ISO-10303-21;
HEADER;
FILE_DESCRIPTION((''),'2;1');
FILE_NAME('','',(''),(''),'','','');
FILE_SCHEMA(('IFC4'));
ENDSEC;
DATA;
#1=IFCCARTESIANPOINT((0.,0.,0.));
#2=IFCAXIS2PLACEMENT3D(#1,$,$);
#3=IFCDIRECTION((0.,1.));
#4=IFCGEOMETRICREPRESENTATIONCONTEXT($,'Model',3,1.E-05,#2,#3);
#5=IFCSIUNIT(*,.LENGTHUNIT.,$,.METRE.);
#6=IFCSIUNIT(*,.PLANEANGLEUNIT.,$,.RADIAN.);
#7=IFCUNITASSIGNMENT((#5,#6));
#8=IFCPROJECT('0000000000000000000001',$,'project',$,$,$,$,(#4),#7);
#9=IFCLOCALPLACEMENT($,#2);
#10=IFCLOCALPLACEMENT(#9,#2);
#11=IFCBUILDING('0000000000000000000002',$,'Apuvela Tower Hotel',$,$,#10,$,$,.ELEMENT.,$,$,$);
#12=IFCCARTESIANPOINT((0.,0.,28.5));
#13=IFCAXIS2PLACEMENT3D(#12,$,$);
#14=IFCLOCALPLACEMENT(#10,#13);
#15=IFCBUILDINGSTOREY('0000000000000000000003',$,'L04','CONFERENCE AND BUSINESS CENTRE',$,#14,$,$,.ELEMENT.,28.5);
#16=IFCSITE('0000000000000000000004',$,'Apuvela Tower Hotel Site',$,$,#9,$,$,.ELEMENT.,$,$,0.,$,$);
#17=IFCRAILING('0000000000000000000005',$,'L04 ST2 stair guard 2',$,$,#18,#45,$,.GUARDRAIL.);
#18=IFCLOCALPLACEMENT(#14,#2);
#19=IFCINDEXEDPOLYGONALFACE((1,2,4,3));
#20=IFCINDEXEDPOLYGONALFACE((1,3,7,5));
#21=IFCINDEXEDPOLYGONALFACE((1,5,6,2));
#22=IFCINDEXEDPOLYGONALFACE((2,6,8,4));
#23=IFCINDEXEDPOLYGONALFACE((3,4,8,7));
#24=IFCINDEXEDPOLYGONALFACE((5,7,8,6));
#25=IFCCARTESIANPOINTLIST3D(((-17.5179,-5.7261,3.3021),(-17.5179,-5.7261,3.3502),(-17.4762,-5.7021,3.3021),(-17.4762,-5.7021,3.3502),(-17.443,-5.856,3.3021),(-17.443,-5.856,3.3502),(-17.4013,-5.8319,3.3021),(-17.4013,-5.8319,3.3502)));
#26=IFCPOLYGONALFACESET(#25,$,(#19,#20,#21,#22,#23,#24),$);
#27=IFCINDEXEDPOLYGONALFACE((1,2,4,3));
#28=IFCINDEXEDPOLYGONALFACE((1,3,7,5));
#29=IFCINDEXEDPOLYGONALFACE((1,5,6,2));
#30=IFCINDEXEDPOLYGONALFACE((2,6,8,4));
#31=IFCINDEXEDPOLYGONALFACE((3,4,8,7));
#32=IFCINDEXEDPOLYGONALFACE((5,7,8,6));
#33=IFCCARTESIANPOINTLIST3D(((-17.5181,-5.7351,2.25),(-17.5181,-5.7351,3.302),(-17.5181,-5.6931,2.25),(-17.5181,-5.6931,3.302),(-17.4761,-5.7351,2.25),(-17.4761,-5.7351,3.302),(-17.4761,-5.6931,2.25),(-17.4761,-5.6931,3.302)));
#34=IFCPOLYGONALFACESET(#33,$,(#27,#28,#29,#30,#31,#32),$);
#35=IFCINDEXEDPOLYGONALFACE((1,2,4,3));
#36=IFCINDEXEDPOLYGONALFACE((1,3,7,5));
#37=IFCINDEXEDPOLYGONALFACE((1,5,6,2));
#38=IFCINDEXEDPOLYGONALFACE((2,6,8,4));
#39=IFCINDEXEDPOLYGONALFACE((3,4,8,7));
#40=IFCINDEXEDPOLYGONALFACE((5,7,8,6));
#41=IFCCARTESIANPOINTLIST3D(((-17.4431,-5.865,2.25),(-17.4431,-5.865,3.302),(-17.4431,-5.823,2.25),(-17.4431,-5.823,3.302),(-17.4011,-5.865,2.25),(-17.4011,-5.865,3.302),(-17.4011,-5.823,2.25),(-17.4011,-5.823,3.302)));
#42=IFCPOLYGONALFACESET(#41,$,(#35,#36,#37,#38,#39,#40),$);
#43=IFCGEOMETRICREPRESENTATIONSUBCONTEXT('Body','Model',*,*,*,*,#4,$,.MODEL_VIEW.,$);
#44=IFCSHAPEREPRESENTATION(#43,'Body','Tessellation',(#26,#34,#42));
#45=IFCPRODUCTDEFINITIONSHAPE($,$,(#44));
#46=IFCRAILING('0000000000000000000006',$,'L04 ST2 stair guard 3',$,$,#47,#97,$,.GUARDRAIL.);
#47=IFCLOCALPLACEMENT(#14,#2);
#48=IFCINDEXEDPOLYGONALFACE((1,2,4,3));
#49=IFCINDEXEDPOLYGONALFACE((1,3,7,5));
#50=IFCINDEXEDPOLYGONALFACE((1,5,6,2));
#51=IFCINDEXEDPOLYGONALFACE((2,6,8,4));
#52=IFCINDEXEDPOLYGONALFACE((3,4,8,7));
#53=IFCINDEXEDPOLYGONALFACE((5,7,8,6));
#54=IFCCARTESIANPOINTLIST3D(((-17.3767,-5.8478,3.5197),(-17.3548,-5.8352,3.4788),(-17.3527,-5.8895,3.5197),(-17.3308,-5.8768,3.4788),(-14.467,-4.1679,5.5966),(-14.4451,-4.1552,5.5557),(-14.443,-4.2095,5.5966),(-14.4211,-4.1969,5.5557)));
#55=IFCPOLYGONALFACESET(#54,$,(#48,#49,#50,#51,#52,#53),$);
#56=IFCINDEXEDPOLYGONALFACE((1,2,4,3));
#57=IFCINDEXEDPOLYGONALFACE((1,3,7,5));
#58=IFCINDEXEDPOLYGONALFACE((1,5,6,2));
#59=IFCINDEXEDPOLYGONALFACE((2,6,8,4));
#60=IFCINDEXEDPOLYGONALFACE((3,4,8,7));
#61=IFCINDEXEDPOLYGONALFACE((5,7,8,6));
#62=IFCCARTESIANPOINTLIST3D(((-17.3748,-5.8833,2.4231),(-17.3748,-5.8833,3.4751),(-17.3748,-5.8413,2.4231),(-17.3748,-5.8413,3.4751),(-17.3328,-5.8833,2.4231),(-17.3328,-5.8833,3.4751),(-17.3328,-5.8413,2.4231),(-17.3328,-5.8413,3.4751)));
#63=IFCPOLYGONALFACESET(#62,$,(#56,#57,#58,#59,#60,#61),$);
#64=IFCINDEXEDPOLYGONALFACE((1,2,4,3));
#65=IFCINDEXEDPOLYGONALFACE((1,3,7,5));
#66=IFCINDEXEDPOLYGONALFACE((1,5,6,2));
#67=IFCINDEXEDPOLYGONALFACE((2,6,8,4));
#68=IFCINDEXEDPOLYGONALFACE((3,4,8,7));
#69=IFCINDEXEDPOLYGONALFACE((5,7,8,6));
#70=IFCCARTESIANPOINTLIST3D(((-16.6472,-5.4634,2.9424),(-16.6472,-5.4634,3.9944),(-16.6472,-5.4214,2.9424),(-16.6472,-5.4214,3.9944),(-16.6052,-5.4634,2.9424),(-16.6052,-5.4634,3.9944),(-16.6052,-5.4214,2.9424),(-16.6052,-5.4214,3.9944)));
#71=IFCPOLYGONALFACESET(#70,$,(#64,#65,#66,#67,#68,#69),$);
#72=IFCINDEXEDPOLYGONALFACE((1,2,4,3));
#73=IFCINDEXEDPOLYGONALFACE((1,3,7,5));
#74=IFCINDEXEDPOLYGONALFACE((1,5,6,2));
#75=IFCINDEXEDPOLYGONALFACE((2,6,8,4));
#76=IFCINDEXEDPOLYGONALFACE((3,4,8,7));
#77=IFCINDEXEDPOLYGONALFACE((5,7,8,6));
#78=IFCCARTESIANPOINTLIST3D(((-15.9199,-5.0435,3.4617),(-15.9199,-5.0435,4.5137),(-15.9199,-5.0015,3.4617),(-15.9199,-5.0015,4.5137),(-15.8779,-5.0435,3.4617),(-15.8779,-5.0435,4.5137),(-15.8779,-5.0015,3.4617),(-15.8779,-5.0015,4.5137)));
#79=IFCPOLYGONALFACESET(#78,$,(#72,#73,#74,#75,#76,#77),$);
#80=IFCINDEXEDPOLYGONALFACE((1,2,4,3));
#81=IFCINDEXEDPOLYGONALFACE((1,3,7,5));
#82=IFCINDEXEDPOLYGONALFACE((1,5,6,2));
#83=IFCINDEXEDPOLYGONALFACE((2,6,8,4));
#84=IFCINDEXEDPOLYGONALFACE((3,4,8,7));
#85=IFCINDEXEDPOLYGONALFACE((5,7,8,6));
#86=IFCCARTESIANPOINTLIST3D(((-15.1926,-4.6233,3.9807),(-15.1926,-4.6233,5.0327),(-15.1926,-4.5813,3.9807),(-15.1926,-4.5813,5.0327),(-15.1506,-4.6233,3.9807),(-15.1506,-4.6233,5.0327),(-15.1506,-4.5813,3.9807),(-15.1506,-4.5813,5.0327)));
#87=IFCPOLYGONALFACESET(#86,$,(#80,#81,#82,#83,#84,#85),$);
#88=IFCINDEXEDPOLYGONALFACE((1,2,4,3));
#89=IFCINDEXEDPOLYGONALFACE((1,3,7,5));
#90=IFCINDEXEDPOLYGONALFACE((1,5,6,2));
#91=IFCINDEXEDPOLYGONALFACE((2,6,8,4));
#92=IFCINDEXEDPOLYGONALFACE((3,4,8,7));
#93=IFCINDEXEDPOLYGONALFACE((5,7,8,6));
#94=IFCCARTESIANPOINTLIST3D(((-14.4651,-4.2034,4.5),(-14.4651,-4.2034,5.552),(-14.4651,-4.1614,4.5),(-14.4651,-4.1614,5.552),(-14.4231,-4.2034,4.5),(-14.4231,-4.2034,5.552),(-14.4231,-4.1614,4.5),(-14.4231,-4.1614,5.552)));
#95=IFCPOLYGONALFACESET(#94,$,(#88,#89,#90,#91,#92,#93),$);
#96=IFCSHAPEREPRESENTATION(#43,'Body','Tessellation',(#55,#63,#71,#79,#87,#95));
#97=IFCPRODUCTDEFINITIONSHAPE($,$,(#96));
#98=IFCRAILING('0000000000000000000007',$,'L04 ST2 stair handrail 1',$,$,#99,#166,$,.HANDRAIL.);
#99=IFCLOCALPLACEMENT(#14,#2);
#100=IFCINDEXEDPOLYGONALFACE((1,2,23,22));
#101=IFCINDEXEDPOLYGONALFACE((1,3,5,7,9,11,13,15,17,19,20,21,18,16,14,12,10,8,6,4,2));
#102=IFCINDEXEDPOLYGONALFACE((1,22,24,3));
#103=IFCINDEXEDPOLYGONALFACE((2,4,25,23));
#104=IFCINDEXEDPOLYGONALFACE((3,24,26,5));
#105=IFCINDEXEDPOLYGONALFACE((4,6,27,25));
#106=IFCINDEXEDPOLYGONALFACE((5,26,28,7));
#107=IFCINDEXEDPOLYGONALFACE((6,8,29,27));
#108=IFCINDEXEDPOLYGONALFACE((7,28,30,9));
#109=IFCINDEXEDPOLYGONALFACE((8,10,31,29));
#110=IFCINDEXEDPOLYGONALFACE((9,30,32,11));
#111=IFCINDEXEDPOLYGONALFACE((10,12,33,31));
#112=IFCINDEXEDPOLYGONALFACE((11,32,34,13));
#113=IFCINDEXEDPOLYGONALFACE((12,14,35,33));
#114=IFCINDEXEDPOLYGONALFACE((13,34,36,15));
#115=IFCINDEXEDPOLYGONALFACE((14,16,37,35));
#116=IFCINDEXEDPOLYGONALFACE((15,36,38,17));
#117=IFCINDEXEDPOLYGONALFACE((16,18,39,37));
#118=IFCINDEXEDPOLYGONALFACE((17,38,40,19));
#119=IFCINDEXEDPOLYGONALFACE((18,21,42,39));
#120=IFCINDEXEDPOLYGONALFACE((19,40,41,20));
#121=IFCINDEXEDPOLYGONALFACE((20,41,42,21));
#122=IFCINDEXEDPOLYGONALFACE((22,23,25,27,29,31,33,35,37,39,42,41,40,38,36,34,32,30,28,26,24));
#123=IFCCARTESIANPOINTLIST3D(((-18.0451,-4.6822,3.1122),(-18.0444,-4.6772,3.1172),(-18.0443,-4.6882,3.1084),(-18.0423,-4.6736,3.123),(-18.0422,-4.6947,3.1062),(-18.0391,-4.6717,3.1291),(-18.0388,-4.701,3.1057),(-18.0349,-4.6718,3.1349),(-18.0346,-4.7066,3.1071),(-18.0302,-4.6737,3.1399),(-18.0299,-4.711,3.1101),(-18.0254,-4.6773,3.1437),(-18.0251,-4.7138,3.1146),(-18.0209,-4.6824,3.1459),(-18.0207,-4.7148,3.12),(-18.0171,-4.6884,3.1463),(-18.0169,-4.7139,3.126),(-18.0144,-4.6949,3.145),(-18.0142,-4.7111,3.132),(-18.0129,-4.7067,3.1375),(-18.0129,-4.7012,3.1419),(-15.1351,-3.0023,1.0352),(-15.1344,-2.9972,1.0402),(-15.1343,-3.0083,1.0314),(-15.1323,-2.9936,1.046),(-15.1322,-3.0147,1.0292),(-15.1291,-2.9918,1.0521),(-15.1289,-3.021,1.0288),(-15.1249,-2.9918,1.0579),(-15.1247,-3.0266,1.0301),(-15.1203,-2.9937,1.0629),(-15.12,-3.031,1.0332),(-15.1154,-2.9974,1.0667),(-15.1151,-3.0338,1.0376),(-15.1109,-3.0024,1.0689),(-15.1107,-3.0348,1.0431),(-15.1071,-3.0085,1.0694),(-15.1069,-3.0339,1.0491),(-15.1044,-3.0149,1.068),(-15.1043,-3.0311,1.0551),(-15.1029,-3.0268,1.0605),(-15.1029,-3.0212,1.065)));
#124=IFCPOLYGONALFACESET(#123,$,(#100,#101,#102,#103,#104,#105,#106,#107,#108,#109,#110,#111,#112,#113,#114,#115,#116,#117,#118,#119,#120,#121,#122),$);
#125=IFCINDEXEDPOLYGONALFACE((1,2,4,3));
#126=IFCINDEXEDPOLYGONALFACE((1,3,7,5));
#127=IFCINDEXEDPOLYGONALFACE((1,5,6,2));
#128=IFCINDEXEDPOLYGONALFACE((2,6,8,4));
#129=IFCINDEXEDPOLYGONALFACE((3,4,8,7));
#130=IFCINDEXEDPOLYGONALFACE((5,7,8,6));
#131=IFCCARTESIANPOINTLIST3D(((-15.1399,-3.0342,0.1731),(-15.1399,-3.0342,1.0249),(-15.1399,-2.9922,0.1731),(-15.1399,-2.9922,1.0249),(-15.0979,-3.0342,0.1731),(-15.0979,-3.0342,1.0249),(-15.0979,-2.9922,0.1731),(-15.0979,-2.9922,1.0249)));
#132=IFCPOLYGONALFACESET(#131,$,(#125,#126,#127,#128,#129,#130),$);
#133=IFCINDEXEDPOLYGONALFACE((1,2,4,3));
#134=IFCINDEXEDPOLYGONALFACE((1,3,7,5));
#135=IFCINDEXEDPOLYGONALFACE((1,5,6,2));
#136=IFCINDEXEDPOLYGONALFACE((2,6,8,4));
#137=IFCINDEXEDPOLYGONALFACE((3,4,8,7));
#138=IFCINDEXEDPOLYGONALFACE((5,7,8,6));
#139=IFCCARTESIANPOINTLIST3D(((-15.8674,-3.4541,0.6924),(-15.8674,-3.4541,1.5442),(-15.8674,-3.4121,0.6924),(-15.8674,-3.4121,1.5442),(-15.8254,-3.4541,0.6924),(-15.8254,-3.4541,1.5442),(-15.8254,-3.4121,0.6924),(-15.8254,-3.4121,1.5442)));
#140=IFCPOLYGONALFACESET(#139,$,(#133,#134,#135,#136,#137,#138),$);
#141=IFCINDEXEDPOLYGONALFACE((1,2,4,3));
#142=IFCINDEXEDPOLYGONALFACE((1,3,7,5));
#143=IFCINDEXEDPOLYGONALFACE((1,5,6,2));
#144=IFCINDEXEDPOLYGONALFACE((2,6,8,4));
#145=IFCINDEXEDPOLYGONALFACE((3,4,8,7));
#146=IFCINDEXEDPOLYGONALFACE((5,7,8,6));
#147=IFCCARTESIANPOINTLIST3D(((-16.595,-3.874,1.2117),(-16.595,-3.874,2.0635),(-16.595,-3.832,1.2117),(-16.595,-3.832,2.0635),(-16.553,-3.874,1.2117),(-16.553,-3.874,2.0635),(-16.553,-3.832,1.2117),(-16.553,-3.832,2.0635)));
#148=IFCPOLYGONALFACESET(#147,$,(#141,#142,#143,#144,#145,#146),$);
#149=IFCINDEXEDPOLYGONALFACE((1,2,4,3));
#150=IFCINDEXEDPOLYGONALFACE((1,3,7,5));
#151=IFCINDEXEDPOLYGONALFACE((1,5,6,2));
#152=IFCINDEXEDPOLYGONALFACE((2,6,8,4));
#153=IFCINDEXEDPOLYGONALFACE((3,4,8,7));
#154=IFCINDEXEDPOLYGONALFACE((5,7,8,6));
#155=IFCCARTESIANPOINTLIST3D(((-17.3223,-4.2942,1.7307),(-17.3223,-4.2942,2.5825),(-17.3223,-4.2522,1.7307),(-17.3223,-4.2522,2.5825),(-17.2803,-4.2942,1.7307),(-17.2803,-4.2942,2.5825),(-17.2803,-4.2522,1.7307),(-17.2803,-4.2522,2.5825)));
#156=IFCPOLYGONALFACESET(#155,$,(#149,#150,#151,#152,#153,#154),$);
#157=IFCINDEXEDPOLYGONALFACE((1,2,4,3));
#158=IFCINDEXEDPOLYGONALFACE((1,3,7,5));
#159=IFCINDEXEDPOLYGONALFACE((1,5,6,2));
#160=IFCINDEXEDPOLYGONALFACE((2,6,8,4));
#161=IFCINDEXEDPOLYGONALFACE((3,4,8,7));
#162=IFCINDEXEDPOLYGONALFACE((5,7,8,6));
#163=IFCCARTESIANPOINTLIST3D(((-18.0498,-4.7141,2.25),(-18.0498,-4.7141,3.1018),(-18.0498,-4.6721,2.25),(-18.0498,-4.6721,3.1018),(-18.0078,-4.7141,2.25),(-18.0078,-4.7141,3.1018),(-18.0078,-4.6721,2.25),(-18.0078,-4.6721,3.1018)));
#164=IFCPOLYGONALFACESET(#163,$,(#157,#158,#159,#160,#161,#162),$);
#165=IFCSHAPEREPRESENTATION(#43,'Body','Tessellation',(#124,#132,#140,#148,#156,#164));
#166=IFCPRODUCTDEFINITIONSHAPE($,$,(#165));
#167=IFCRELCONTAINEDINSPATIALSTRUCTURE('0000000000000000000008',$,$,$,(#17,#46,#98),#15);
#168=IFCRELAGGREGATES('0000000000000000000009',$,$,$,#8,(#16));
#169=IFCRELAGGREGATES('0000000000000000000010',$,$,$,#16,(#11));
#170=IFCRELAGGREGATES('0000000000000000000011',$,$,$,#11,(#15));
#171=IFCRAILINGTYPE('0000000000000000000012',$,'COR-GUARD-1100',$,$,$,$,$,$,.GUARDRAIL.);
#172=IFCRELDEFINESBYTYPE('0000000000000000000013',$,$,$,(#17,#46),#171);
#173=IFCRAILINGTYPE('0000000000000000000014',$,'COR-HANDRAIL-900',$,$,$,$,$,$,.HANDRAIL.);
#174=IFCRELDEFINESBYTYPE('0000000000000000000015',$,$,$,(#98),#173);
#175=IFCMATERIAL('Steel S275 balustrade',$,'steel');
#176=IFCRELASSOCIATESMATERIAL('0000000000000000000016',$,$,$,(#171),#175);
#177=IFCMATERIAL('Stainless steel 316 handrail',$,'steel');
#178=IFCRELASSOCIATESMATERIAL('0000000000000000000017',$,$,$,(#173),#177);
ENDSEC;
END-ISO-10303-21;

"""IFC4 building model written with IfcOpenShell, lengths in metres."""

from ifc_helpers import new_model, si_unit, direction, frame, origin, origin_2d, place, context, subcontext, project, spatial, rectangle, circle, extrude, material, type_object, element, save


model = new_model("IFC4")

# Units and contexts
model_context = context("Model", 3, precision=1e-05, world=origin(), true_north=direction((0.0, 1.0)))
body_context = subcontext(model_context, "Body", "Model", "MODEL_VIEW")
ifc_project = project(units=[si_unit("LENGTHUNIT", "METRE"), si_unit("PLANEANGLEUNIT", "RADIAN")], contexts=[model_context])

# Site, building, storey
site_placement = place(None, origin())
site = spatial("IfcSite", under=ifc_project, at=site_placement, Name="Apuvela Tower Hotel Site", CompositionType="ELEMENT", RefElevation=0.0)
building_placement = place(site_placement, origin())
building = spatial("IfcBuilding", under=site, at=building_placement, Name="Apuvela Tower Hotel", CompositionType="ELEMENT")
storey_placement = place(building_placement, frame((0.0, 0.0, 28.5)))
storey = spatial("IfcBuildingStorey", under=building, at=storey_placement, Name="L04", Description="CONFERENCE AND BUSINESS CENTRE", CompositionType="ELEMENT", Elevation=28.5)

# Railings
ifc_material_1 = material(Name="Steel S275 balustrade", Category="steel")
railing_type_1 = type_object("IfcRailingType", Name="COR-GUARD-1100", PredefinedType="GUARDRAIL", material=ifc_material_1)
railing_1_placement = place(storey_placement, frame((-17.4971, -5.7141, 2.25)))
element("IfcRailing", 1, at=railing_1_placement, inside=storey, type_object=railing_type_1, Name="L04 ST2 stair guard 2", PredefinedType="GUARDRAIL", context=body_context, shape_type="SweptSolid", body=[
    extrude(rectangle(XDim=0.0481, YDim=0.0481, at=origin_2d()), frame((0.0, 0.0, 1.0762), z_axis=(0.499816, -0.866131, 0.0), x_axis=(0.866131, 0.499816, 0.0)), (0.0, 0.0, 1.0), 0.1499),
    extrude(rectangle(XDim=0.042, YDim=0.042, at=origin_2d()), origin(), (0.0, 0.0, 1.0), 1.052),
    extrude(rectangle(XDim=0.042, YDim=0.042, at=origin_2d()), frame((0.075, -0.1299, 0.0)), (0.0, 0.0, 1.0), 1.052),
])
railing_2_placement = place(storey_placement, frame((-17.3538, -5.8623, 2.4231)))
element("IfcRailing", 2, at=railing_2_placement, inside=storey, type_object=railing_type_1, Name="L04 ST2 stair guard 3", PredefinedType="GUARDRAIL", context=body_context, shape_type="SweptSolid", body=[
    extrude(rectangle(XDim=0.0481, YDim=0.0481, at=origin_2d()), frame((0.0, 0.0, 1.0762), z_axis=(0.73664, 0.425308, 0.525809), x_axis=(-0.500008, 0.866021, 0.0)), (0.0, 0.0, 1.0), 3.95),
    extrude(rectangle(XDim=0.042, YDim=0.042, at=origin_2d()), origin(), (0.0, 0.0, 1.0), 1.052),
    extrude(rectangle(XDim=0.042, YDim=0.042, at=origin_2d()), frame((0.7275, 0.4199, 0.5193)), (0.0, 0.0, 1.0), 1.052),
    extrude(rectangle(XDim=0.042, YDim=0.042, at=origin_2d()), frame((1.4548, 0.8398, 1.0386)), (0.0, 0.0, 1.0), 1.052),
    extrude(rectangle(XDim=0.042, YDim=0.042, at=origin_2d()), frame((2.1821, 1.26, 1.5576)), (0.0, 0.0, 1.0), 1.052),
    extrude(rectangle(XDim=0.042, YDim=0.042, at=origin_2d()), frame((2.9097, 1.6799, 2.0769)), (0.0, 0.0, 1.0), 1.052),
])
ifc_material_2 = material(Name="Stainless steel 316 handrail", Category="steel")
railing_type_2 = type_object("IfcRailingType", Name="COR-HANDRAIL-900", PredefinedType="HANDRAIL", material=ifc_material_2)
railing_3_placement = place(storey_placement, frame((-15.1189, -3.0132, 0.1731)))
element("IfcRailing", 3, at=railing_3_placement, inside=storey, type_object=railing_type_2, Name="L04 ST2 stair handrail 1", PredefinedType="HANDRAIL", context=body_context, shape_type="SweptSolid", body=[
    extrude(circle(Radius=0.0239, at=origin_2d()), frame((0.0, 0.0, 0.876), z_axis=(-0.736668, -0.425288, 0.525785), x_axis=(0.499976, -0.866039, 0.0)), (0.0, 0.0, 1.0), 3.9502),
    extrude(rectangle(XDim=0.042, YDim=0.042, at=origin_2d()), origin(), (0.0, 0.0, 1.0), 0.8518),
    extrude(rectangle(XDim=0.042, YDim=0.042, at=origin_2d()), frame((-0.7275, -0.4199, 0.5193)), (0.0, 0.0, 1.0), 0.8518),
    extrude(rectangle(XDim=0.042, YDim=0.042, at=origin_2d()), frame((-1.4551, -0.8398, 1.0386)), (0.0, 0.0, 1.0), 0.8518),
    extrude(rectangle(XDim=0.042, YDim=0.042, at=origin_2d()), frame((-2.1824, -1.26, 1.5576)), (0.0, 0.0, 1.0), 0.8518),
    extrude(rectangle(XDim=0.042, YDim=0.042, at=origin_2d()), frame((-2.9099, -1.6799, 2.0769)), (0.0, 0.0, 1.0), 0.8518),
])

save(model, "model.ifc")
